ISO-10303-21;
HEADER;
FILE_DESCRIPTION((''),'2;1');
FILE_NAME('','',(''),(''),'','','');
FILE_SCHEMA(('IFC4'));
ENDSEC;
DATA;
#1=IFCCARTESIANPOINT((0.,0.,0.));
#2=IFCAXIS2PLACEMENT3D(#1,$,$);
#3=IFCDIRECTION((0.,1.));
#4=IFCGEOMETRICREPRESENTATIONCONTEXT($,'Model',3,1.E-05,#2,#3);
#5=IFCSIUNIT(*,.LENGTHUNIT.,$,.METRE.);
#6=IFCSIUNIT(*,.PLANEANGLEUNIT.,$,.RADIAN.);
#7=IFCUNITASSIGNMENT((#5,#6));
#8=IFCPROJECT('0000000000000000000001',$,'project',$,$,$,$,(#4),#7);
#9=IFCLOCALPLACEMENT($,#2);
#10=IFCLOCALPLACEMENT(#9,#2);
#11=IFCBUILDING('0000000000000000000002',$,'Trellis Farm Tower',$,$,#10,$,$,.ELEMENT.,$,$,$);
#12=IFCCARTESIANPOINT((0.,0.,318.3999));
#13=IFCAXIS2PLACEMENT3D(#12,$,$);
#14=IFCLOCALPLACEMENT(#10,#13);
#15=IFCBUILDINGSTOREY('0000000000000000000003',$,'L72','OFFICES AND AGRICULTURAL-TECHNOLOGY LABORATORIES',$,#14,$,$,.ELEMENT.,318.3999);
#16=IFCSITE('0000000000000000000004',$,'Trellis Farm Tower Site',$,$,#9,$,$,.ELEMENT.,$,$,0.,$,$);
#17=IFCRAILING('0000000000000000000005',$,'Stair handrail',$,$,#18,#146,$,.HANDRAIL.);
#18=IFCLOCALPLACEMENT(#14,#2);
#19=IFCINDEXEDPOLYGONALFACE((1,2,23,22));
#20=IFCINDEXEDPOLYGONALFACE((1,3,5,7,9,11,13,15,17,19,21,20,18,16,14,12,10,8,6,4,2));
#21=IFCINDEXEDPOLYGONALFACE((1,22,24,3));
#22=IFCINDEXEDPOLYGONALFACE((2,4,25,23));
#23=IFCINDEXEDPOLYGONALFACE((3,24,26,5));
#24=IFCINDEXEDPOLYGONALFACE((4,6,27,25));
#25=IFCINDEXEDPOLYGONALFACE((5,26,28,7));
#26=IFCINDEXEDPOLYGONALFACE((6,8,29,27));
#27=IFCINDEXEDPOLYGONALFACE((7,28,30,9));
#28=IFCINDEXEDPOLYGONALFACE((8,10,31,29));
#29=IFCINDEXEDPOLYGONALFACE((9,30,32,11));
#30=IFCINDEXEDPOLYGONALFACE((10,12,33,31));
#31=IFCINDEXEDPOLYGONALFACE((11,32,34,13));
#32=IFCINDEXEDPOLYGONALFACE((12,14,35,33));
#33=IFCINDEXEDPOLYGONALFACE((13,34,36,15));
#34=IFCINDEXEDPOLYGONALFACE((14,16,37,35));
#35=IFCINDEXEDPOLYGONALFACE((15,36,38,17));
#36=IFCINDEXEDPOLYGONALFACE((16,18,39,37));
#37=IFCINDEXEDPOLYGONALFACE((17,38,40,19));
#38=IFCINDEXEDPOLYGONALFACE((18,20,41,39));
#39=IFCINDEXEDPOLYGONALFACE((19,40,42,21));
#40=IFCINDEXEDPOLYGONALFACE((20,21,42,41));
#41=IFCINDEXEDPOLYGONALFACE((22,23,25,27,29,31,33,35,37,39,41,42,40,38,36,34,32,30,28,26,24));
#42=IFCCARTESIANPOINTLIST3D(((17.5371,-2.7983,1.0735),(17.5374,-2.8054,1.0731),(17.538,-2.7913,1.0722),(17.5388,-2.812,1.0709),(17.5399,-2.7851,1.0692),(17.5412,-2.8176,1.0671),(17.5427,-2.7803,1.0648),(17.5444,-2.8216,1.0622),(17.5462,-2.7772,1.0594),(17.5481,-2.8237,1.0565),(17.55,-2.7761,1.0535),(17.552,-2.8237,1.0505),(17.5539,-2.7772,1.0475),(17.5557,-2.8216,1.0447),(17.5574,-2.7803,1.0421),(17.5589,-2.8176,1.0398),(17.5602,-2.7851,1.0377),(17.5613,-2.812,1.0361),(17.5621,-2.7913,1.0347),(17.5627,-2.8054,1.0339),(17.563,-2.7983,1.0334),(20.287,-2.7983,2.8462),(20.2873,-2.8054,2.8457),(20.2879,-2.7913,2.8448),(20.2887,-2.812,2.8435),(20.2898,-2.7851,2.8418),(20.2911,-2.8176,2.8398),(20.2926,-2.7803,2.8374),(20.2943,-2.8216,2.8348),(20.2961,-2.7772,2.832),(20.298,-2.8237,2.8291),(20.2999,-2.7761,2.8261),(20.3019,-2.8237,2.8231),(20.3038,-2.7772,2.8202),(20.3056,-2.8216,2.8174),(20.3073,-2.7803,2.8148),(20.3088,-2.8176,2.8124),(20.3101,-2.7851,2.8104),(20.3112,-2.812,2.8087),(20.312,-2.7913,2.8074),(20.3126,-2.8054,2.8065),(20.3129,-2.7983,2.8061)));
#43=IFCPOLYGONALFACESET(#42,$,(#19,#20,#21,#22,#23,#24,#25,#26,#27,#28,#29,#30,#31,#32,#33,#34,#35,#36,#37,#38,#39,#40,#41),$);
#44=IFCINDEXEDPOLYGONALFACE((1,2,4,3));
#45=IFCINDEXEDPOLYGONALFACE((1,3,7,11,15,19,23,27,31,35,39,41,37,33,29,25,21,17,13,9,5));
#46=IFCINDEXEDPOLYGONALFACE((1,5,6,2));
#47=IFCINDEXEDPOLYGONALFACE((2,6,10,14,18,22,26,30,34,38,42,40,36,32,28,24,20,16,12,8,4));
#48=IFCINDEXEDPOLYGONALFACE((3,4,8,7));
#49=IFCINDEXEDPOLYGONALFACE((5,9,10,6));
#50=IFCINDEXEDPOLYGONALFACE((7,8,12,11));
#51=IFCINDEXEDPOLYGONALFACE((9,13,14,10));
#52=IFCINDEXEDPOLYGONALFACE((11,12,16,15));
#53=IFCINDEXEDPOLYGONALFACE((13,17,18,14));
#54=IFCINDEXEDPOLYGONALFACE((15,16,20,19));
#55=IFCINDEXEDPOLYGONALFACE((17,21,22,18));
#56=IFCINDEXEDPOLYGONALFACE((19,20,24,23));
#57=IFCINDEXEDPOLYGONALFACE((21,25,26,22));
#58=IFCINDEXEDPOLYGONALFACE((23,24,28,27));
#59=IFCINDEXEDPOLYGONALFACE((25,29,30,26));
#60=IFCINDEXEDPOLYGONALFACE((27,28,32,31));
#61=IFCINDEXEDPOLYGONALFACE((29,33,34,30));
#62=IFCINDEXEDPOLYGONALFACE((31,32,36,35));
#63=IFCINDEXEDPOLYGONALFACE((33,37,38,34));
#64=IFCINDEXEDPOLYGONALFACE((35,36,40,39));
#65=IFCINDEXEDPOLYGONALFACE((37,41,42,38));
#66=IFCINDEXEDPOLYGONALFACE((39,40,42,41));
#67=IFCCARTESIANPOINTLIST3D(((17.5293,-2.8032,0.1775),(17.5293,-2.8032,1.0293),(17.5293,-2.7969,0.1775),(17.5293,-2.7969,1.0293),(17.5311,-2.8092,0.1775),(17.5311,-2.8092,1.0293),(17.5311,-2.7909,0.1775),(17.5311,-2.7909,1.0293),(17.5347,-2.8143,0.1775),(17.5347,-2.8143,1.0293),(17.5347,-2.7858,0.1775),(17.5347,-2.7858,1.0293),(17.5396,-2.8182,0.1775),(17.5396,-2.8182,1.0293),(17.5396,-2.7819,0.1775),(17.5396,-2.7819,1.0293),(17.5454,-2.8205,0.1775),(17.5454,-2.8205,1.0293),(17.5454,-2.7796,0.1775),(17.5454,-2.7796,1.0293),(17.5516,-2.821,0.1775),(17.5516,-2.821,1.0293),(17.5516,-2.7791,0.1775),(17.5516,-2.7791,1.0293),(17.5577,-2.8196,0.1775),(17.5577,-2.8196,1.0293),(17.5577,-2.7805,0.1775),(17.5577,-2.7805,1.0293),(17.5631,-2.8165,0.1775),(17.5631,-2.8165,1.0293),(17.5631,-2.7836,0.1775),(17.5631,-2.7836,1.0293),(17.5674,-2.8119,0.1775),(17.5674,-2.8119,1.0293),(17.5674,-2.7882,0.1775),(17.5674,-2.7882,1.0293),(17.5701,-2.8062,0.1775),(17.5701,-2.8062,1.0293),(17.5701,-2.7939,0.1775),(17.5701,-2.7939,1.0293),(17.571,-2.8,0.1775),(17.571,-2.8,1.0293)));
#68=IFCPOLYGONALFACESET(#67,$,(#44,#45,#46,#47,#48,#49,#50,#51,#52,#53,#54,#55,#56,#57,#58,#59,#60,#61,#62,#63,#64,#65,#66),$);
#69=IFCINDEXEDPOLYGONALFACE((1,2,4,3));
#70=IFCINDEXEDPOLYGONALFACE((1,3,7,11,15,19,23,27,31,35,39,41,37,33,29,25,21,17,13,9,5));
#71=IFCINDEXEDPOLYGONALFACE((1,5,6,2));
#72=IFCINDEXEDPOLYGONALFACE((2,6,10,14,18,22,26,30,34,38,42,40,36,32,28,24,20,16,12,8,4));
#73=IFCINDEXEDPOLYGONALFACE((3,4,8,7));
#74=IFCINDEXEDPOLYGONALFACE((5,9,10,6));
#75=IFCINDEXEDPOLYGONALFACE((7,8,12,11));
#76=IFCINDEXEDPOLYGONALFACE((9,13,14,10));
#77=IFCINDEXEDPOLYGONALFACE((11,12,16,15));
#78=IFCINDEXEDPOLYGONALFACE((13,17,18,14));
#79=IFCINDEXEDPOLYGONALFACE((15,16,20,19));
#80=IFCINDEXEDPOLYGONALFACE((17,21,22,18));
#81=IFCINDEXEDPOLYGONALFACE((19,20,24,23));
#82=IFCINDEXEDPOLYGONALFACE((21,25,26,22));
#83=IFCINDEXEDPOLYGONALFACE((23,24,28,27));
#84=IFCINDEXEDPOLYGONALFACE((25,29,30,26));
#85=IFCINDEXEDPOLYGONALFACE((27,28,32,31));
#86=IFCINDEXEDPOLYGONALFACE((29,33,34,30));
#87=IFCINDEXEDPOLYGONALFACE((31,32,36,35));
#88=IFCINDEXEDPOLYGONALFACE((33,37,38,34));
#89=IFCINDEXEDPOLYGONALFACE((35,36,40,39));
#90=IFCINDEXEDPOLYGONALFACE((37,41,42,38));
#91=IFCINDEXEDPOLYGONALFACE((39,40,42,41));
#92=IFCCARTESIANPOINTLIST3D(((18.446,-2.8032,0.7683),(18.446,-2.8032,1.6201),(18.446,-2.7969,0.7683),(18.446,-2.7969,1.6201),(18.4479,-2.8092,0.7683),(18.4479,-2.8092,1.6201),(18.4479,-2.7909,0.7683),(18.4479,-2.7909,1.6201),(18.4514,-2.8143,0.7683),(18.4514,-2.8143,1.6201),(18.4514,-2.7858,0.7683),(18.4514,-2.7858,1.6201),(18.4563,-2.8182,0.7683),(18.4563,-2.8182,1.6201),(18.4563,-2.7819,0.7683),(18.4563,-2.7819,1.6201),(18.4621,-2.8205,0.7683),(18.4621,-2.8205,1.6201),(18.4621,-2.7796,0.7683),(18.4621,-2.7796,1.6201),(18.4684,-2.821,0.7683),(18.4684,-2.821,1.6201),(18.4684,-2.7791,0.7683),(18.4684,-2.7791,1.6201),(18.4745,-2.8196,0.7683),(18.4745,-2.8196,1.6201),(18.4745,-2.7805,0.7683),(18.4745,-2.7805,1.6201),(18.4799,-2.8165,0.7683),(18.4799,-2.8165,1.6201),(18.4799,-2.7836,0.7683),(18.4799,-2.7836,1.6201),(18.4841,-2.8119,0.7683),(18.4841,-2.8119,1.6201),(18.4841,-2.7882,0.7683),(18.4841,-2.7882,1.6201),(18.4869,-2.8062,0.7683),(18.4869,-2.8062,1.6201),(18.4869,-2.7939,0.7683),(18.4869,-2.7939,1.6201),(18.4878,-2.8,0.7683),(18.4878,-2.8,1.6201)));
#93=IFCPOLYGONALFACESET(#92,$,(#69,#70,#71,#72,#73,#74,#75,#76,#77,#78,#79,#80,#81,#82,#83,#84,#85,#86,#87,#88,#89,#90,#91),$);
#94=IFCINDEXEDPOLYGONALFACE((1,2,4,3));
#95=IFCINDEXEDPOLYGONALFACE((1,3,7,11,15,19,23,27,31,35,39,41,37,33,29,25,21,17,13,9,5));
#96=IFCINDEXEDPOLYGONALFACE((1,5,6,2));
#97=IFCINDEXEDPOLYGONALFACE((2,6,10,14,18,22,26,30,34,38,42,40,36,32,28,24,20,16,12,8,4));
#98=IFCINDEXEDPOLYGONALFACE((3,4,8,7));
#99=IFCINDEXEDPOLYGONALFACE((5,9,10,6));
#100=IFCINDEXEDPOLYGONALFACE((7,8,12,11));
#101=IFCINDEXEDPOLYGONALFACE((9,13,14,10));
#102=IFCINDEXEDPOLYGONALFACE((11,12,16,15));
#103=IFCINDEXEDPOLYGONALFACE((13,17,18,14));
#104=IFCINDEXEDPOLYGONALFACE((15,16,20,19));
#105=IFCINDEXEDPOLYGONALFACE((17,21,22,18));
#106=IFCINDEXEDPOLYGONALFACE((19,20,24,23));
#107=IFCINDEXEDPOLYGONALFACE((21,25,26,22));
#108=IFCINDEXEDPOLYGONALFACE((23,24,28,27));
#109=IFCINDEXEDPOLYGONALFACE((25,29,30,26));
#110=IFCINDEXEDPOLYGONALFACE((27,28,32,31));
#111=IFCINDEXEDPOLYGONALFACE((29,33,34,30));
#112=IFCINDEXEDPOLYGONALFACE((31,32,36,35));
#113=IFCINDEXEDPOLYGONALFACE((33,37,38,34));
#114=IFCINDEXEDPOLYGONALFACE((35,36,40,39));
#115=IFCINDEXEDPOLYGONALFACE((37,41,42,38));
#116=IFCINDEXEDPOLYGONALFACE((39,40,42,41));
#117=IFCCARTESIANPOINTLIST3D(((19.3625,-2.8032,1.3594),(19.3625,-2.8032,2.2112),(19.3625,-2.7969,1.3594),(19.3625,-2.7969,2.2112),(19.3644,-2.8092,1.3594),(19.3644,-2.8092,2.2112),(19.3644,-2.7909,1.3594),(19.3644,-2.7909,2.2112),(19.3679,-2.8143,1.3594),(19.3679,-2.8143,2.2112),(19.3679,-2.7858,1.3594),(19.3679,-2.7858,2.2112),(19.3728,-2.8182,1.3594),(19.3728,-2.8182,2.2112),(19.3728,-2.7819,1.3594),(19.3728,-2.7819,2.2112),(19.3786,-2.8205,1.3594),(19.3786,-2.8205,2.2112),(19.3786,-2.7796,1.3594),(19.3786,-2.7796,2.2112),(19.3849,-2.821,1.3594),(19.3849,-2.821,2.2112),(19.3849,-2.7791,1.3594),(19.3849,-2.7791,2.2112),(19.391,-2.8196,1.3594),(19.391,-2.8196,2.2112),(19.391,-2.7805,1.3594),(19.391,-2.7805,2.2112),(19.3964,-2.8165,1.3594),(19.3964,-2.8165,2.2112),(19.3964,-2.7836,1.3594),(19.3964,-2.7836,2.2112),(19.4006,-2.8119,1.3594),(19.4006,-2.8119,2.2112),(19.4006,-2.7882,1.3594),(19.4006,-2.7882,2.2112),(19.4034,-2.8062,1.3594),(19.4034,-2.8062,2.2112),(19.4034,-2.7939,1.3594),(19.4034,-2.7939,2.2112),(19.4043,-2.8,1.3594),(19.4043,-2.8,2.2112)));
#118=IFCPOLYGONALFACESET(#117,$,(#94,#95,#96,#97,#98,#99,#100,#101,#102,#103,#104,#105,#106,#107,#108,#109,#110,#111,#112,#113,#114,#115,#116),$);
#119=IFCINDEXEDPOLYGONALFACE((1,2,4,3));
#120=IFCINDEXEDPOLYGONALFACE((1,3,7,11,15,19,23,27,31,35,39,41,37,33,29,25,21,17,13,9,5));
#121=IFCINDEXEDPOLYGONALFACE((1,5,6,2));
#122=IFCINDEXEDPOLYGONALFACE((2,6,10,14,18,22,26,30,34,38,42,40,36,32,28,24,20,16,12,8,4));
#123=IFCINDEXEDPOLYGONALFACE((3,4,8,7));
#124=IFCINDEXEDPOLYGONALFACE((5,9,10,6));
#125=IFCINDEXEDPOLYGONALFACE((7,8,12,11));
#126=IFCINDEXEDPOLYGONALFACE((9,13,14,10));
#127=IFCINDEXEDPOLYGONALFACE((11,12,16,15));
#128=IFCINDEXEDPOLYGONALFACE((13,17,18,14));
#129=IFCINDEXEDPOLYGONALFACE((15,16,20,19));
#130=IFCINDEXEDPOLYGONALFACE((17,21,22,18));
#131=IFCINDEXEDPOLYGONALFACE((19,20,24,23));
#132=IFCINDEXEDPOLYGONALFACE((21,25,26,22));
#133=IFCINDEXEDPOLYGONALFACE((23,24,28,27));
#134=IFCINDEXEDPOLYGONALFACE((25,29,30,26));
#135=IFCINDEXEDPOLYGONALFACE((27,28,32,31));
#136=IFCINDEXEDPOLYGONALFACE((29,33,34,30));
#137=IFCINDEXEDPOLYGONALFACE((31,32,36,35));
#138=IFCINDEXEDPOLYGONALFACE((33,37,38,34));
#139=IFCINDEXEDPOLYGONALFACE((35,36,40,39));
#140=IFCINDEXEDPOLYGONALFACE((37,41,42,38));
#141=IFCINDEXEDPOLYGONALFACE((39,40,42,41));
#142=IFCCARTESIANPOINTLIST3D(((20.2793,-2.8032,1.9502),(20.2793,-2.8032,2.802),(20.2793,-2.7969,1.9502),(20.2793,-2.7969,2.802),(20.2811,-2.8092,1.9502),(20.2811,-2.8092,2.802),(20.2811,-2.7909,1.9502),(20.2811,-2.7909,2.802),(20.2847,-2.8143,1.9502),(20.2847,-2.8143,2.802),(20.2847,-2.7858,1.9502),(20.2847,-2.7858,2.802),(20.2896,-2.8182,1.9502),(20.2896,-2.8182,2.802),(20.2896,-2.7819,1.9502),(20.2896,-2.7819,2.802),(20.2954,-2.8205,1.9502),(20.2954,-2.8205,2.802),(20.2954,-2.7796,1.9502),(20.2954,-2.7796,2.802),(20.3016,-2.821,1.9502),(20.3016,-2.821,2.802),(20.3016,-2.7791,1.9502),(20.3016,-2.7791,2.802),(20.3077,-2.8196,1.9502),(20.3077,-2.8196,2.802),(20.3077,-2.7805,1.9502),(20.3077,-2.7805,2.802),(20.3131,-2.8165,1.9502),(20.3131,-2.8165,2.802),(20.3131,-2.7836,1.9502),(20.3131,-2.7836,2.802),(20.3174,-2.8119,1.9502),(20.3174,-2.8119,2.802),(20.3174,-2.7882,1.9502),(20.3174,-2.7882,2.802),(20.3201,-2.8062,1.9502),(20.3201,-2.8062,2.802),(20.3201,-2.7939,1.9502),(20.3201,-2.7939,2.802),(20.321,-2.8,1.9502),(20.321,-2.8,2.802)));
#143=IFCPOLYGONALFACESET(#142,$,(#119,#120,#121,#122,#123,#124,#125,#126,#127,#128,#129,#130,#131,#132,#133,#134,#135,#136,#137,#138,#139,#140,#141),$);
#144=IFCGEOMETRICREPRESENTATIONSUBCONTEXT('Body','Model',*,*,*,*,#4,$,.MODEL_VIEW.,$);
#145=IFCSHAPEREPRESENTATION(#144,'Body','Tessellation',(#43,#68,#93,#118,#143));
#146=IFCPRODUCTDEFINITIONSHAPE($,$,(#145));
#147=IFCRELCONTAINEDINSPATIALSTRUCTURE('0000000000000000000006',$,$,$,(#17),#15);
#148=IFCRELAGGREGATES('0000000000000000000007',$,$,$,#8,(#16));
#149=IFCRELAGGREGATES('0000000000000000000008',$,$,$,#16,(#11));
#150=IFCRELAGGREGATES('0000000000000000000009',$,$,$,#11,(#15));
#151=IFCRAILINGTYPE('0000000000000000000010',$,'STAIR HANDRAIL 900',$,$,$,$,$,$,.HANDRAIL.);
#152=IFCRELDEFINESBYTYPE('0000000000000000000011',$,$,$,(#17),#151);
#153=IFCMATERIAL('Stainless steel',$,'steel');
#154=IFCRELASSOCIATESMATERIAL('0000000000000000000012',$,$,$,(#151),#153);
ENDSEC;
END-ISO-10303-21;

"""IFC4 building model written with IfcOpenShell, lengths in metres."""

from ifc_helpers import new_model, si_unit, direction, frame, origin, origin_2d, place, context, subcontext, project, spatial, circle, extrude, source, transform, mapped, material, type_object, element, save


model = new_model("IFC4")

# Units and contexts
model_context = context("Model", 3, precision=1e-05, world=origin(), true_north=direction((0.0, 1.0)))
body_context = subcontext(model_context, "Body", "Model", "MODEL_VIEW")
ifc_project = project(units=[si_unit("LENGTHUNIT", "METRE"), si_unit("PLANEANGLEUNIT", "RADIAN")], contexts=[model_context])

# Site, building, storey
site_placement = place(None, origin())
site = spatial("IfcSite", under=ifc_project, at=site_placement, Name="Trellis Farm Tower Site", CompositionType="ELEMENT", RefElevation=0.0)
building_placement = place(site_placement, origin())
building = spatial("IfcBuilding", under=site, at=building_placement, Name="Trellis Farm Tower", CompositionType="ELEMENT")
storey_placement = place(building_placement, frame((0.0, 0.0, 318.3999)))
storey = spatial("IfcBuildingStorey", under=building, at=storey_placement, Name="L72", Description="OFFICES AND AGRICULTURAL-TECHNOLOGY LABORATORIES", CompositionType="ELEMENT", Elevation=318.3999)

# Railing
ifc_material_1 = material(Name="Stainless steel", Category="steel")
railing_type = type_object("IfcRailingType", Name="STAIR HANDRAIL 900", PredefinedType="HANDRAIL", material=ifc_material_1)
shared_shape_1 = source(origin(), body_context, "Body", "SweptSolid", [
    extrude(circle(Radius=0.0239, at=origin_2d()), frame((0.0, 0.0, 0.876), z_axis=(0.840504, 0.0, 0.541806), x_axis=(0.0, 1.0, 0.0)), (0.0, 0.0, 1.0), 3.2717),
    extrude(circle(Radius=0.021, at=origin_2d()), origin(), (0.0, 0.0, 1.0), 0.8518),
    extrude(circle(Radius=0.021, at=origin_2d()), frame((0.9167, 0.0, 0.5908)), (0.0, 0.0, 1.0), 0.8518),
    extrude(circle(Radius=0.021, at=origin_2d()), frame((1.8333, 0.0, 1.1819)), (0.0, 0.0, 1.0), 0.8518),
    extrude(circle(Radius=0.021, at=origin_2d()), frame((2.75, 0.0, 1.7727)), (0.0, 0.0, 1.0), 0.8518),
])
railing_placement = place(storey_placement, frame((17.55, -2.8, 0.1775)))
element("IfcRailing", 1, at=railing_placement, inside=storey, type_object=railing_type, Name="Stair handrail", PredefinedType="HANDRAIL", context=body_context, shape_type="MappedRepresentation", body=[
    mapped(shared_shape_1, transform((0.0, 0.0, 0.0))),
])

save(model, "model.ifc")
